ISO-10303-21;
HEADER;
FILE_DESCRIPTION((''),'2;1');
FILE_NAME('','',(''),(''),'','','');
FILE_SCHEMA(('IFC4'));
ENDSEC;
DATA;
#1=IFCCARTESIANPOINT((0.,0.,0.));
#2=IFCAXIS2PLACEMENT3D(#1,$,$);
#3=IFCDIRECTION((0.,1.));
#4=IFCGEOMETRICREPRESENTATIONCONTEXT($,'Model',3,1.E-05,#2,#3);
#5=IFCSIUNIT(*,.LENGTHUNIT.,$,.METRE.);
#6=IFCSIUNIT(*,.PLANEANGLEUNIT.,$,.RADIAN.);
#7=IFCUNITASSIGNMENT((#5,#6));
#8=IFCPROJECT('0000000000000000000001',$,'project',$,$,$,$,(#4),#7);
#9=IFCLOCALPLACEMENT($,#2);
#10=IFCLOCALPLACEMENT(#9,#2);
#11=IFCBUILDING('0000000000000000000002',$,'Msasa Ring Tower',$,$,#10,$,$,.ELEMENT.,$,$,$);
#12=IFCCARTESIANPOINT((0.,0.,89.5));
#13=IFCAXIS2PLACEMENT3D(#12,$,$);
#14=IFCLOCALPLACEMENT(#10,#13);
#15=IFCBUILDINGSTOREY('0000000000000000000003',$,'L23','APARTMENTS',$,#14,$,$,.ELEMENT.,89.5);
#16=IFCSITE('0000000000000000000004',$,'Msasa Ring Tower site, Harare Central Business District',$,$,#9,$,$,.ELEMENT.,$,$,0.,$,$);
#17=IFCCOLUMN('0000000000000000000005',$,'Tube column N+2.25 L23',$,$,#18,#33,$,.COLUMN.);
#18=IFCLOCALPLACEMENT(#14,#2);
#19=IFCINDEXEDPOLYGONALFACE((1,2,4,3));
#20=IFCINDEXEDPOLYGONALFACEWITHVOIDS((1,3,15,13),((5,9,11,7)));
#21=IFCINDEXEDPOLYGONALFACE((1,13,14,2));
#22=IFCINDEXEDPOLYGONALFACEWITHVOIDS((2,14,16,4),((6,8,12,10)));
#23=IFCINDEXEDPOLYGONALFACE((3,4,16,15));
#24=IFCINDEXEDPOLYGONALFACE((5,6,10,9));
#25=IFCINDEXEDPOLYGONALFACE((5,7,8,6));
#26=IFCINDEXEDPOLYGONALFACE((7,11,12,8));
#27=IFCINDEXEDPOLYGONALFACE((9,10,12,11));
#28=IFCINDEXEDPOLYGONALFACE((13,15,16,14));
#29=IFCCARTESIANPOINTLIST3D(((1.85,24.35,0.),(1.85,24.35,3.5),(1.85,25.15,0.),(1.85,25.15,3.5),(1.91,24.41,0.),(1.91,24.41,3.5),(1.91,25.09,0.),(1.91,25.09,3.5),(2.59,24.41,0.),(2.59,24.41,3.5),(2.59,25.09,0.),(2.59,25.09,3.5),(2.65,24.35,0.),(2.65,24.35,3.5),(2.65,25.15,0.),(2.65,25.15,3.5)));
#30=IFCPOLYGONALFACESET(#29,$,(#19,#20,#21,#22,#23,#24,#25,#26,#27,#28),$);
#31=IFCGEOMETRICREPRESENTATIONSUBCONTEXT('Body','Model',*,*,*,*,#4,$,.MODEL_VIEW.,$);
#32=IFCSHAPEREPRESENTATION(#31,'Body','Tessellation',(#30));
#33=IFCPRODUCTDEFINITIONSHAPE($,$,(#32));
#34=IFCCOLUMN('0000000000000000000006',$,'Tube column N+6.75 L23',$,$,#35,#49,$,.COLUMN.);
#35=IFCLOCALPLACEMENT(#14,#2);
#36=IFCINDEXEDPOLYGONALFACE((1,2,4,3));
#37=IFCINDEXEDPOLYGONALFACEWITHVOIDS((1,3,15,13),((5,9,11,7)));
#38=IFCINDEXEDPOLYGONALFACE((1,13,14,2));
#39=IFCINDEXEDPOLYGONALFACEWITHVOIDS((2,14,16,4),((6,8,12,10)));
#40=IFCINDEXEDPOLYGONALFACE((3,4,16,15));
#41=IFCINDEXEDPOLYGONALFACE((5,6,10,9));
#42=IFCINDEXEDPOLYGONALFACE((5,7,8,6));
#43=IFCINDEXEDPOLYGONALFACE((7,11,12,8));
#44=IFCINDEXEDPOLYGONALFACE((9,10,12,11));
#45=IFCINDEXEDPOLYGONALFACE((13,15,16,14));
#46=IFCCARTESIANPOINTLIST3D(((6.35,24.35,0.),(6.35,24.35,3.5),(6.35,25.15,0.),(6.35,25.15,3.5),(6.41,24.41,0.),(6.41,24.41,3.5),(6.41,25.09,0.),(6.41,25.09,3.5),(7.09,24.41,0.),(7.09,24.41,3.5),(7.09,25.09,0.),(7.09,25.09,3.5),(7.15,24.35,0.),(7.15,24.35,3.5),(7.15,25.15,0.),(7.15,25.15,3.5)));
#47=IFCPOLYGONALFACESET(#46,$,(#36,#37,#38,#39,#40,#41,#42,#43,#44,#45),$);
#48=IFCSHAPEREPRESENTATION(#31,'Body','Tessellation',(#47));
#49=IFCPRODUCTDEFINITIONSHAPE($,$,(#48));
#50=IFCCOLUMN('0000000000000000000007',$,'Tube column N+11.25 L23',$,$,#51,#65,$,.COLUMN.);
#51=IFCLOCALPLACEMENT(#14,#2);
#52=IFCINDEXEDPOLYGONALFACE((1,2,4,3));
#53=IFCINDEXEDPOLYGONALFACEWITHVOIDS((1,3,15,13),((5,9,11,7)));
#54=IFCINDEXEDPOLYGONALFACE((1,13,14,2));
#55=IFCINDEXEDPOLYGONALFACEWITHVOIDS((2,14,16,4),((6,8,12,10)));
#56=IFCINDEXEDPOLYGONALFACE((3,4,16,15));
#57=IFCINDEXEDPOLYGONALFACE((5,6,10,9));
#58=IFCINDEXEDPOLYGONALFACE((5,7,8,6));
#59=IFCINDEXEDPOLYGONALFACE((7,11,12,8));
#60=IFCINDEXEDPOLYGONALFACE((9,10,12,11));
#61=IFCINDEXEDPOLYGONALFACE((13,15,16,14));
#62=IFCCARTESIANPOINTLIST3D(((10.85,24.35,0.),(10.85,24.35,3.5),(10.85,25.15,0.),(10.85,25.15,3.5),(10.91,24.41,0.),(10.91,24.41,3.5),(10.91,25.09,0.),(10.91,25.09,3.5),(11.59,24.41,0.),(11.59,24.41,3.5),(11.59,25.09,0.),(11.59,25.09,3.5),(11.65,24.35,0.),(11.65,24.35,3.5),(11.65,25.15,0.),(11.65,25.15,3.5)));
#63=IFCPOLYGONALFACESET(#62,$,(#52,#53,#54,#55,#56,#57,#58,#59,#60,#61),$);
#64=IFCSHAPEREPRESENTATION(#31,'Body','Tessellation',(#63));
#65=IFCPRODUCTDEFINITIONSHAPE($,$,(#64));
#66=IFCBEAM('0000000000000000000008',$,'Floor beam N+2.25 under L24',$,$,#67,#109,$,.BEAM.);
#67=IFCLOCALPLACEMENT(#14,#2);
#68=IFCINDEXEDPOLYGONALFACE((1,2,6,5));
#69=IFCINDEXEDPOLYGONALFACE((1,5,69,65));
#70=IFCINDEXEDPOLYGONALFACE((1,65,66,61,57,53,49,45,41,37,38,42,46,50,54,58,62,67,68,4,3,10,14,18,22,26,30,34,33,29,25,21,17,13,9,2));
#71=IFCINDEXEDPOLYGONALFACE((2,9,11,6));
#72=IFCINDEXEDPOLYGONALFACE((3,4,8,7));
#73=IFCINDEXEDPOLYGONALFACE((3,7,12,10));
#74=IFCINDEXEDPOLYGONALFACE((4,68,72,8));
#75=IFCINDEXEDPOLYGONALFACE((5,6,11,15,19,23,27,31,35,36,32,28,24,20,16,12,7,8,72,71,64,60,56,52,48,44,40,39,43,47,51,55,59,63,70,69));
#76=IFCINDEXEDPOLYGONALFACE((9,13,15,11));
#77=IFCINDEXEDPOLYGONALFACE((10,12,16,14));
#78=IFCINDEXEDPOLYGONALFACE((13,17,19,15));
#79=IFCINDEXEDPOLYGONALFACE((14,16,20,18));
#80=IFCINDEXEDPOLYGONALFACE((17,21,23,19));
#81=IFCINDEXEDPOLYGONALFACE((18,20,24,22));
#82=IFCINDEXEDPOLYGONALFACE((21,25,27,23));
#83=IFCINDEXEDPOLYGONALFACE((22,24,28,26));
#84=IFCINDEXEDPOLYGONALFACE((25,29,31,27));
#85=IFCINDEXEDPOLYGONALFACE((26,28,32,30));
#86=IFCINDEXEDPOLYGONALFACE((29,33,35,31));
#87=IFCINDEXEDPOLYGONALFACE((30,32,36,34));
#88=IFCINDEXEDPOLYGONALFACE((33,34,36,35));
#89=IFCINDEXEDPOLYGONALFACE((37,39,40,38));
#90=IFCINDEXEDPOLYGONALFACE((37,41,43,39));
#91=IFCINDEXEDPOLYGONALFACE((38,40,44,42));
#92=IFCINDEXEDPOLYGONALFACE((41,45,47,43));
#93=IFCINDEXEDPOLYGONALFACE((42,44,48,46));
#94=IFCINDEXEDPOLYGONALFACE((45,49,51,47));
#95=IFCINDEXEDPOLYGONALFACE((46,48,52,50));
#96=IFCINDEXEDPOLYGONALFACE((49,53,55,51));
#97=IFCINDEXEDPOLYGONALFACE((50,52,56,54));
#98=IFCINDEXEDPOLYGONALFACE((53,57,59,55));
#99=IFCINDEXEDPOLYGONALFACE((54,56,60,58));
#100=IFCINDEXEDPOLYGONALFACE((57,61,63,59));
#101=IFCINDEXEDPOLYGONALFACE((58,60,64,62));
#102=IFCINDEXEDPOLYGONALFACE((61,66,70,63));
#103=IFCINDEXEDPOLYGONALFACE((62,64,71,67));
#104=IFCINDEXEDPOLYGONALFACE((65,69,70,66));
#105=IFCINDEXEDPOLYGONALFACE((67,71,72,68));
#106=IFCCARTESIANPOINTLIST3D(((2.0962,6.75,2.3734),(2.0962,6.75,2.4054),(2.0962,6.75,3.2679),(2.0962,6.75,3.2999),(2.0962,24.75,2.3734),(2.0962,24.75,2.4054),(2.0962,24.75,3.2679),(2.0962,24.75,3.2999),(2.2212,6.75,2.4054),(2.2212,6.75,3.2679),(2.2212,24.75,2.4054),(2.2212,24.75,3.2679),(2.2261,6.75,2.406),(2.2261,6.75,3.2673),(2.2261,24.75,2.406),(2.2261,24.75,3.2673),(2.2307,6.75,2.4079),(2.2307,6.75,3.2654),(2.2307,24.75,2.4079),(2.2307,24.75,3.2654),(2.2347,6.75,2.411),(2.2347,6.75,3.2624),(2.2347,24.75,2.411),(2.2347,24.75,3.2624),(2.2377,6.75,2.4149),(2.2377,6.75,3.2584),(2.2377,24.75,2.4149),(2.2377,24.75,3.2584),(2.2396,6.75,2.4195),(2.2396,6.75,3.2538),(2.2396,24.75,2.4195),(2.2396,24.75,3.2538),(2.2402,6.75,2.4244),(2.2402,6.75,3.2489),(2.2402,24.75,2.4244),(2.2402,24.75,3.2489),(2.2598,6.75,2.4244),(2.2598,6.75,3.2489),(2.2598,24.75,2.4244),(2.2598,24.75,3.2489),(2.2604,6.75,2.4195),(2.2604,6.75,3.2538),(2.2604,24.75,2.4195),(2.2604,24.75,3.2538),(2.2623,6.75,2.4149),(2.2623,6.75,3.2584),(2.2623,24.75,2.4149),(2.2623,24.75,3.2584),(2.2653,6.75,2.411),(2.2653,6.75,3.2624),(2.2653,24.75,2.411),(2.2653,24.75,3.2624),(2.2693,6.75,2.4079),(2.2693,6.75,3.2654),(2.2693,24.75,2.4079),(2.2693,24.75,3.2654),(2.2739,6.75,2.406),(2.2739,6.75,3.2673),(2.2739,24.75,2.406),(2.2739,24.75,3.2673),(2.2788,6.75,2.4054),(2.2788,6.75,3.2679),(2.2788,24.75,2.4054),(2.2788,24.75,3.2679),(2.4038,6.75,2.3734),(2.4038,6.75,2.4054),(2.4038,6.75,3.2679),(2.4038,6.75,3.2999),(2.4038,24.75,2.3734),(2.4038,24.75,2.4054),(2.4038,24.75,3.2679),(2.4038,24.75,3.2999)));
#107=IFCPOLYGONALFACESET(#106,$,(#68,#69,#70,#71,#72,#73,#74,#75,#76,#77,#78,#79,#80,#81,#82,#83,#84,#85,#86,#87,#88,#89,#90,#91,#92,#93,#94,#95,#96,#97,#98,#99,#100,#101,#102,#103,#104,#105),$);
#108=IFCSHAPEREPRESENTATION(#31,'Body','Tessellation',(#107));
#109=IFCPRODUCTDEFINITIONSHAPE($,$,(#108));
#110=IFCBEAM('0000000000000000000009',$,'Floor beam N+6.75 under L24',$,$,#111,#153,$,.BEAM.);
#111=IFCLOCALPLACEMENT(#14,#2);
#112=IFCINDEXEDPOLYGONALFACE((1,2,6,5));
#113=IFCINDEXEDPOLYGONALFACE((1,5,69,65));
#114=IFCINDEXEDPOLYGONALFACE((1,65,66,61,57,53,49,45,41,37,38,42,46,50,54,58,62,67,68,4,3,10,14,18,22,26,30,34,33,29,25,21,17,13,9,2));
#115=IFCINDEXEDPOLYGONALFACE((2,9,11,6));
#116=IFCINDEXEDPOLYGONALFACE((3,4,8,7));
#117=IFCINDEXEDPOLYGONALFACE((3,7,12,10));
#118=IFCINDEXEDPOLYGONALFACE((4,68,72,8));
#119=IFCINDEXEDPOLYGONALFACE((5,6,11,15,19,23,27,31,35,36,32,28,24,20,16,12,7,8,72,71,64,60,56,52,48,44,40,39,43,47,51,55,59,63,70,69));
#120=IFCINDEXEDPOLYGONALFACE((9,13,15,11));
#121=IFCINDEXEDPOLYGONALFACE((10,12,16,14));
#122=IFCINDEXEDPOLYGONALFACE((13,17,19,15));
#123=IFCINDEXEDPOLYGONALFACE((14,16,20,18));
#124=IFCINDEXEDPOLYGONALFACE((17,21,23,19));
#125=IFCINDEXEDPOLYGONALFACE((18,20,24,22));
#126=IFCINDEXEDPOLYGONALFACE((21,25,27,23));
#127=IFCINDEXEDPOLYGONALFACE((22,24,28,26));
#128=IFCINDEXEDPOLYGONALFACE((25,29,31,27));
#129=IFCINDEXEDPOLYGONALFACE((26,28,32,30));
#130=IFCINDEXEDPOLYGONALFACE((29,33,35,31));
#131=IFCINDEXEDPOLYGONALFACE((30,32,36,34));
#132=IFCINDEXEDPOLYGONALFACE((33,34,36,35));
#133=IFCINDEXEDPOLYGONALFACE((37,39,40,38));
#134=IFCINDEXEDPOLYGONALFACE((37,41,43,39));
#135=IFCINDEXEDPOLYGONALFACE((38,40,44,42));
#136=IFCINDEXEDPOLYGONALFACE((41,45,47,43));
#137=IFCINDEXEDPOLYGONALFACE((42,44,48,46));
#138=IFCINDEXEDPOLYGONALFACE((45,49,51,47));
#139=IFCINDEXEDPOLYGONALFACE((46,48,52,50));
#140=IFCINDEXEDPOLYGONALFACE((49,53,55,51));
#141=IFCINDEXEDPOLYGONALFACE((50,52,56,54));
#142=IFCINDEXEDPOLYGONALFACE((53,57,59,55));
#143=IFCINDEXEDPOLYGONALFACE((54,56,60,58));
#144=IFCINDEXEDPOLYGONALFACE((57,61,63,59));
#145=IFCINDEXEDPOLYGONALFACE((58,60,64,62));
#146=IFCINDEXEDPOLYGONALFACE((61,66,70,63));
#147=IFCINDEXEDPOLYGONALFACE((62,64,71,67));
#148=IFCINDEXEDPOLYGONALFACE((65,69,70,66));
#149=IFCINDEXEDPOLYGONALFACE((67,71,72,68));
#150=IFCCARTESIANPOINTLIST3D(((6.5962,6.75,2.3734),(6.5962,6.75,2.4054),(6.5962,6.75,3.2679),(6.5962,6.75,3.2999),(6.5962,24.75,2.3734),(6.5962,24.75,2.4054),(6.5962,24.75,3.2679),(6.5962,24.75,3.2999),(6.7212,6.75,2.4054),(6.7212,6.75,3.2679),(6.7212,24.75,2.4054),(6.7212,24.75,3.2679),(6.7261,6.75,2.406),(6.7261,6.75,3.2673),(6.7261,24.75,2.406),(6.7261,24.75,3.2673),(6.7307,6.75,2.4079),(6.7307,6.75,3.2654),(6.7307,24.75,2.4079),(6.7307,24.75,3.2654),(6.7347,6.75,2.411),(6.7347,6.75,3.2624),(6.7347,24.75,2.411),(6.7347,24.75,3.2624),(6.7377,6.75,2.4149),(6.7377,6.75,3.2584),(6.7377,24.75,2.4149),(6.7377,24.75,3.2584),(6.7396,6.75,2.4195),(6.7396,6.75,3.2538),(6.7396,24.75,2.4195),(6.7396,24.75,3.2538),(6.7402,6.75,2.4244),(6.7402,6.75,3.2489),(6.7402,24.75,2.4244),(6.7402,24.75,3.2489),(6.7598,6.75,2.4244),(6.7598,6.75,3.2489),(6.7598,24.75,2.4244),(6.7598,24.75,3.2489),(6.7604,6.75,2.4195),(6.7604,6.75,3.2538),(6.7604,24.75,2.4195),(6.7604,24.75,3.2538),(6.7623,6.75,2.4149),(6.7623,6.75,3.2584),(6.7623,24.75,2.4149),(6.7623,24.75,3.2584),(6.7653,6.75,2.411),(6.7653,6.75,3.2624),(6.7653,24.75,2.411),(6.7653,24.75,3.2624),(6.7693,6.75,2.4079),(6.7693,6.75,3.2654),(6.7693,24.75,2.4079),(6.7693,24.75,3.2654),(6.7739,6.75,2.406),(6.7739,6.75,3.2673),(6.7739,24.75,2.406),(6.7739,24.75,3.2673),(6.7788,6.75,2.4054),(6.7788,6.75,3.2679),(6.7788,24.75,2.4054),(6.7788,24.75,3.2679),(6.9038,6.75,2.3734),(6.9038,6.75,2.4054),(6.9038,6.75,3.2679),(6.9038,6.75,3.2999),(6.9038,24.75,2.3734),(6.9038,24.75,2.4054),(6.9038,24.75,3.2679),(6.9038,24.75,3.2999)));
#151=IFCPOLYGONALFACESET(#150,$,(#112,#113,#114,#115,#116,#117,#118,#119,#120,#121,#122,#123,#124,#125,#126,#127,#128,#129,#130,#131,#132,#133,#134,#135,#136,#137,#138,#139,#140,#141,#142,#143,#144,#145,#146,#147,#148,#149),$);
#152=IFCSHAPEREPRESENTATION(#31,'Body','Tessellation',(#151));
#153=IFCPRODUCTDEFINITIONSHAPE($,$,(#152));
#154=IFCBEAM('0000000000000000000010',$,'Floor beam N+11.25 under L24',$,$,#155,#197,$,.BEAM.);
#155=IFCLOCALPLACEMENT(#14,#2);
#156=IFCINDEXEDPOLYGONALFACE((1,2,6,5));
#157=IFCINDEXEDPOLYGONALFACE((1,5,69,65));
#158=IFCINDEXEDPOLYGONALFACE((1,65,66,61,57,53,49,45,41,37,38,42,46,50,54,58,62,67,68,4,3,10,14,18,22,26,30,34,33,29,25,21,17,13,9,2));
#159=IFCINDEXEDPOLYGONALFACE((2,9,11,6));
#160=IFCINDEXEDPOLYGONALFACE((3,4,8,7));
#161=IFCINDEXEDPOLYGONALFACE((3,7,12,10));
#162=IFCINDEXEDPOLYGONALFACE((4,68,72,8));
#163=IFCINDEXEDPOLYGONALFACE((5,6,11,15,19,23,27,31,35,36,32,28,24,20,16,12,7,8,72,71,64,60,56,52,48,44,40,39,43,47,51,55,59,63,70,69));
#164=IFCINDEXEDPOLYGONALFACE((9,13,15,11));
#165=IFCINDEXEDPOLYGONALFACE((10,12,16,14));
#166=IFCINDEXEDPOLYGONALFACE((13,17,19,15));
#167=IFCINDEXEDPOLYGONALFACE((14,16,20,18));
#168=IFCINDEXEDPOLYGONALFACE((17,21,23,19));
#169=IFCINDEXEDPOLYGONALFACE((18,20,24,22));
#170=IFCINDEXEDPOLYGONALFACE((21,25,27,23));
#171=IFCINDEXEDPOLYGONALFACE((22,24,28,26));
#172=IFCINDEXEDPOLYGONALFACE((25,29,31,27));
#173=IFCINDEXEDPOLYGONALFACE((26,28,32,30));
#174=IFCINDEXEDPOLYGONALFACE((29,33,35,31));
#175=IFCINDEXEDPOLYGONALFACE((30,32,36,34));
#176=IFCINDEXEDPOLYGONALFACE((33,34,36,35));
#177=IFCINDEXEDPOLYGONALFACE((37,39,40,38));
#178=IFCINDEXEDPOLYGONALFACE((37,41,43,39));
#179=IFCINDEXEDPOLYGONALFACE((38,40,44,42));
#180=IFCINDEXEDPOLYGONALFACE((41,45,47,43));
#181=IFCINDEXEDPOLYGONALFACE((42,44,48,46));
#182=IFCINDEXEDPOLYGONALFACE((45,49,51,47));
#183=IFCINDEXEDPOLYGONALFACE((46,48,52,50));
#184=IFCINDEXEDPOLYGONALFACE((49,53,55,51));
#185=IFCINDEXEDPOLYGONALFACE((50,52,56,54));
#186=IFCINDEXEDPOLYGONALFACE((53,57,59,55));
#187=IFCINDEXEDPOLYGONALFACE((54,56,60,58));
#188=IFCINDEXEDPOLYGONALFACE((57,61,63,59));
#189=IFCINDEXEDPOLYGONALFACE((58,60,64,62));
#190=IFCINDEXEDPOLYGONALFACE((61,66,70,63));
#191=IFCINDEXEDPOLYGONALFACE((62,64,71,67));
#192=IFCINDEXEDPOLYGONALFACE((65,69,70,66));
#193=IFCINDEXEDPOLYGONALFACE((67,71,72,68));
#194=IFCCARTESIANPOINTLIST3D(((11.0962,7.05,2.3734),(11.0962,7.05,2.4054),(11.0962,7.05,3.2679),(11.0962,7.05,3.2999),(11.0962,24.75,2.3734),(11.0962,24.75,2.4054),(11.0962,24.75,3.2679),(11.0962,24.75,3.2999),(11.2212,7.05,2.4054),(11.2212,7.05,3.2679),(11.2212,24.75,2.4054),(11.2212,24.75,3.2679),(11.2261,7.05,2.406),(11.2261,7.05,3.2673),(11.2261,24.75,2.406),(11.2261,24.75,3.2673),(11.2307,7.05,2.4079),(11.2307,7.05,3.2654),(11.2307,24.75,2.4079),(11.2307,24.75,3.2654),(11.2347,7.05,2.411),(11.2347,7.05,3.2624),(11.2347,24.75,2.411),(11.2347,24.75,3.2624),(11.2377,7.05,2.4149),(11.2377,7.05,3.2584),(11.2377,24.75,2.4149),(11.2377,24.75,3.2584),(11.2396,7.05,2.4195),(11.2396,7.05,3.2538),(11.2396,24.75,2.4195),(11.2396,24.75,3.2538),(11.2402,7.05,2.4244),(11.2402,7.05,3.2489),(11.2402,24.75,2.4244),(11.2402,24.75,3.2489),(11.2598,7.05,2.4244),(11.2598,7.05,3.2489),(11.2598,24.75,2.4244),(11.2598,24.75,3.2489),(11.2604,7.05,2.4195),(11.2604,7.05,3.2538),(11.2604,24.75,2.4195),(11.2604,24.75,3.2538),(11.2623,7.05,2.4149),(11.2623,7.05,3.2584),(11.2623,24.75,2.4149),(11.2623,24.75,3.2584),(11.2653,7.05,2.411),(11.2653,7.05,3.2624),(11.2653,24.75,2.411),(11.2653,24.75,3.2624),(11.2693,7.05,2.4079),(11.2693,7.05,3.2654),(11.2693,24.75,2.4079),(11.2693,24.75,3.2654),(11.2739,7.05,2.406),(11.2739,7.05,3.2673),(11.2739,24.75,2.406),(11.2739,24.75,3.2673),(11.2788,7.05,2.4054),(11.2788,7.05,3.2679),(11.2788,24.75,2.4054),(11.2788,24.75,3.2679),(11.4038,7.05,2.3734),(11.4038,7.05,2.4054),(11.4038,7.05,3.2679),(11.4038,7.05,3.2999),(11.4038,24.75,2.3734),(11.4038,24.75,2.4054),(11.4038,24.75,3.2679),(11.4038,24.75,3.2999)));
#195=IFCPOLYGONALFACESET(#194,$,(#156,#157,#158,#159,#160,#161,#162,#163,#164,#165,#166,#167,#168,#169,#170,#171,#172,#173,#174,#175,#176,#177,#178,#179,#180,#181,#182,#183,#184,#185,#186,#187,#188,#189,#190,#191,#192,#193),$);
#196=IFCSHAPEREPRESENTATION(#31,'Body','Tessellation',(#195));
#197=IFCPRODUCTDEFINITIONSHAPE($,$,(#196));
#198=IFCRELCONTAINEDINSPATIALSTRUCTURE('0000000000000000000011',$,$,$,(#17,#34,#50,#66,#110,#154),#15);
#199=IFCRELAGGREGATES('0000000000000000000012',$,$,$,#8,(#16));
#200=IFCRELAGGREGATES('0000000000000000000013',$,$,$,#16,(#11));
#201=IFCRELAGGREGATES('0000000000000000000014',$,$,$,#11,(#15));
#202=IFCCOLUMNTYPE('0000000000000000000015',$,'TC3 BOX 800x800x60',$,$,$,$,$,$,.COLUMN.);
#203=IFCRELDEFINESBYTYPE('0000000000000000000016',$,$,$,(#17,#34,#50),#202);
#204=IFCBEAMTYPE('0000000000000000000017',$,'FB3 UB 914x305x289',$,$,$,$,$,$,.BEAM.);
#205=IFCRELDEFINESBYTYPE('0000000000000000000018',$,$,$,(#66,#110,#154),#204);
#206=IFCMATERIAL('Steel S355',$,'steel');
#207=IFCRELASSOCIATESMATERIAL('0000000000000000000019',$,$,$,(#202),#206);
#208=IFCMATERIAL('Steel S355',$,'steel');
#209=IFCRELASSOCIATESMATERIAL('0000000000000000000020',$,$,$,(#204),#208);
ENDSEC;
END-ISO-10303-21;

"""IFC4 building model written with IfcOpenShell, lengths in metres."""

from ifc_helpers import new_model, si_unit, direction, frame, origin, origin_2d, place, context, subcontext, project, spatial, hollow_rectangle, i_section, extrude, material, material_profile, profile_set, type_object, element, save


model = new_model("IFC4")

# Units and contexts
model_context = context("Model", 3, precision=1e-05, world=origin(), true_north=direction((0.0, 1.0)))
body_context = subcontext(model_context, "Body", "Model", "MODEL_VIEW")
ifc_project = project(units=[si_unit("LENGTHUNIT", "METRE"), si_unit("PLANEANGLEUNIT", "RADIAN")], contexts=[model_context])

# Site, building, storey
site_placement = place(None, origin())
site = spatial("IfcSite", under=ifc_project, at=site_placement, Name="Msasa Ring Tower site, Harare Central Business District", CompositionType="ELEMENT", RefElevation=0.0)
building_placement = place(site_placement, origin())
building = spatial("IfcBuilding", under=site, at=building_placement, Name="Msasa Ring Tower", CompositionType="ELEMENT")
storey_placement = place(building_placement, frame((0.0, 0.0, 89.5)))
storey = spatial("IfcBuildingStorey", under=building, at=storey_placement, Name="L23", Description="APARTMENTS", CompositionType="ELEMENT", Elevation=89.5)

# Columns
ifc_material_1 = material(Name="Steel S355", Category="steel")
ifc_material_profile_1 = material_profile(ifc_material_1, hollow_rectangle(XDim=0.8, YDim=0.8, WallThickness=0.0601, at=origin_2d()), Name="BOX 800x800x60")
ifc_profile_set_1 = profile_set([ifc_material_profile_1], Name="Steel S355")
column_type = type_object("IfcColumnType", Name="TC3 BOX 800x800x60", PredefinedType="COLUMN", material=ifc_profile_set_1)
for number, where, z_axis, x_axis, name in (
    (1, (2.25, 24.75, 0.0), (0.0, 0.0, 1.0), (0.0, 1.0, 0.0), "Tube column N+2.25 L23"),
    (2, (6.75, 24.75, 0.0), (0.0, 0.0, 1.0), (0.0, 1.0, 0.0), "Tube column N+6.75 L23"),
    (3, (11.25, 24.75, 0.0), (0.0, 0.0, 1.0), (0.0, 1.0, 0.0), "Tube column N+11.25 L23"),
):
    element("IfcColumn", number, at=place(storey_placement, frame(where, z_axis=z_axis, x_axis=x_axis)), inside=storey, type_object=column_type, Name=name, PredefinedType="COLUMN", context=body_context, shape_type="SweptSolid", body=[
        extrude(hollow_rectangle(XDim=0.8, YDim=0.8, WallThickness=0.0601, at=origin_2d()), origin(), (0.0, 0.0, 1.0), 3.5),
    ])

# Beams
ifc_material_2 = material(Name="Steel S355", Category="steel")
ifc_material_profile_2 = material_profile(ifc_material_2, i_section(OverallWidth=0.3076, OverallDepth=0.9265, WebThickness=0.0195, FlangeThickness=0.032, FilletRadius=0.019, at=origin_2d()), Name="UB 914x305x289")
ifc_profile_set_2 = profile_set([ifc_material_profile_2], Name="Steel S355")
beam_type_1 = type_object("IfcBeamType", Name="FB3 UB 914x305x289", PredefinedType="BEAM", material=ifc_profile_set_2)
for number, where, z_axis, x_axis, name in (
    (4, (2.25, 24.75, 2.8367), (0.0, -1.0, 0.0), (1.0, 0.0, 0.0), "Floor beam N+2.25 under L24"),
    (5, (6.75, 24.75, 2.8367), (0.0, -1.0, 0.0), (1.0, 0.0, 0.0), "Floor beam N+6.75 under L24"),
):
    element("IfcBeam", number, at=place(storey_placement, frame(where, z_axis=z_axis, x_axis=x_axis)), inside=storey, type_object=beam_type_1, Name=name, PredefinedType="BEAM", context=body_context, shape_type="SweptSolid", body=[
        extrude(i_section(OverallWidth=0.3076, OverallDepth=0.9265, WebThickness=0.0195, FlangeThickness=0.032, FilletRadius=0.019, at=origin_2d()), origin(), (0.0, 0.0, 1.0), 18.0),
    ])
beam_placement = place(storey_placement, frame((11.25, 24.75, 2.8367), z_axis=(0.0, -1.0, 0.0), x_axis=(1.0, 0.0, 0.0)))
element("IfcBeam", 6, at=beam_placement, inside=storey, type_object=beam_type_1, Name="Floor beam N+11.25 under L24", PredefinedType="BEAM", context=body_context, shape_type="SweptSolid", body=[
    extrude(i_section(OverallWidth=0.3076, OverallDepth=0.9265, WebThickness=0.0195, FlangeThickness=0.032, FilletRadius=0.019, at=origin_2d()), origin(), (0.0, 0.0, 1.0), 17.7),
])

save(model, "model.ifc")
